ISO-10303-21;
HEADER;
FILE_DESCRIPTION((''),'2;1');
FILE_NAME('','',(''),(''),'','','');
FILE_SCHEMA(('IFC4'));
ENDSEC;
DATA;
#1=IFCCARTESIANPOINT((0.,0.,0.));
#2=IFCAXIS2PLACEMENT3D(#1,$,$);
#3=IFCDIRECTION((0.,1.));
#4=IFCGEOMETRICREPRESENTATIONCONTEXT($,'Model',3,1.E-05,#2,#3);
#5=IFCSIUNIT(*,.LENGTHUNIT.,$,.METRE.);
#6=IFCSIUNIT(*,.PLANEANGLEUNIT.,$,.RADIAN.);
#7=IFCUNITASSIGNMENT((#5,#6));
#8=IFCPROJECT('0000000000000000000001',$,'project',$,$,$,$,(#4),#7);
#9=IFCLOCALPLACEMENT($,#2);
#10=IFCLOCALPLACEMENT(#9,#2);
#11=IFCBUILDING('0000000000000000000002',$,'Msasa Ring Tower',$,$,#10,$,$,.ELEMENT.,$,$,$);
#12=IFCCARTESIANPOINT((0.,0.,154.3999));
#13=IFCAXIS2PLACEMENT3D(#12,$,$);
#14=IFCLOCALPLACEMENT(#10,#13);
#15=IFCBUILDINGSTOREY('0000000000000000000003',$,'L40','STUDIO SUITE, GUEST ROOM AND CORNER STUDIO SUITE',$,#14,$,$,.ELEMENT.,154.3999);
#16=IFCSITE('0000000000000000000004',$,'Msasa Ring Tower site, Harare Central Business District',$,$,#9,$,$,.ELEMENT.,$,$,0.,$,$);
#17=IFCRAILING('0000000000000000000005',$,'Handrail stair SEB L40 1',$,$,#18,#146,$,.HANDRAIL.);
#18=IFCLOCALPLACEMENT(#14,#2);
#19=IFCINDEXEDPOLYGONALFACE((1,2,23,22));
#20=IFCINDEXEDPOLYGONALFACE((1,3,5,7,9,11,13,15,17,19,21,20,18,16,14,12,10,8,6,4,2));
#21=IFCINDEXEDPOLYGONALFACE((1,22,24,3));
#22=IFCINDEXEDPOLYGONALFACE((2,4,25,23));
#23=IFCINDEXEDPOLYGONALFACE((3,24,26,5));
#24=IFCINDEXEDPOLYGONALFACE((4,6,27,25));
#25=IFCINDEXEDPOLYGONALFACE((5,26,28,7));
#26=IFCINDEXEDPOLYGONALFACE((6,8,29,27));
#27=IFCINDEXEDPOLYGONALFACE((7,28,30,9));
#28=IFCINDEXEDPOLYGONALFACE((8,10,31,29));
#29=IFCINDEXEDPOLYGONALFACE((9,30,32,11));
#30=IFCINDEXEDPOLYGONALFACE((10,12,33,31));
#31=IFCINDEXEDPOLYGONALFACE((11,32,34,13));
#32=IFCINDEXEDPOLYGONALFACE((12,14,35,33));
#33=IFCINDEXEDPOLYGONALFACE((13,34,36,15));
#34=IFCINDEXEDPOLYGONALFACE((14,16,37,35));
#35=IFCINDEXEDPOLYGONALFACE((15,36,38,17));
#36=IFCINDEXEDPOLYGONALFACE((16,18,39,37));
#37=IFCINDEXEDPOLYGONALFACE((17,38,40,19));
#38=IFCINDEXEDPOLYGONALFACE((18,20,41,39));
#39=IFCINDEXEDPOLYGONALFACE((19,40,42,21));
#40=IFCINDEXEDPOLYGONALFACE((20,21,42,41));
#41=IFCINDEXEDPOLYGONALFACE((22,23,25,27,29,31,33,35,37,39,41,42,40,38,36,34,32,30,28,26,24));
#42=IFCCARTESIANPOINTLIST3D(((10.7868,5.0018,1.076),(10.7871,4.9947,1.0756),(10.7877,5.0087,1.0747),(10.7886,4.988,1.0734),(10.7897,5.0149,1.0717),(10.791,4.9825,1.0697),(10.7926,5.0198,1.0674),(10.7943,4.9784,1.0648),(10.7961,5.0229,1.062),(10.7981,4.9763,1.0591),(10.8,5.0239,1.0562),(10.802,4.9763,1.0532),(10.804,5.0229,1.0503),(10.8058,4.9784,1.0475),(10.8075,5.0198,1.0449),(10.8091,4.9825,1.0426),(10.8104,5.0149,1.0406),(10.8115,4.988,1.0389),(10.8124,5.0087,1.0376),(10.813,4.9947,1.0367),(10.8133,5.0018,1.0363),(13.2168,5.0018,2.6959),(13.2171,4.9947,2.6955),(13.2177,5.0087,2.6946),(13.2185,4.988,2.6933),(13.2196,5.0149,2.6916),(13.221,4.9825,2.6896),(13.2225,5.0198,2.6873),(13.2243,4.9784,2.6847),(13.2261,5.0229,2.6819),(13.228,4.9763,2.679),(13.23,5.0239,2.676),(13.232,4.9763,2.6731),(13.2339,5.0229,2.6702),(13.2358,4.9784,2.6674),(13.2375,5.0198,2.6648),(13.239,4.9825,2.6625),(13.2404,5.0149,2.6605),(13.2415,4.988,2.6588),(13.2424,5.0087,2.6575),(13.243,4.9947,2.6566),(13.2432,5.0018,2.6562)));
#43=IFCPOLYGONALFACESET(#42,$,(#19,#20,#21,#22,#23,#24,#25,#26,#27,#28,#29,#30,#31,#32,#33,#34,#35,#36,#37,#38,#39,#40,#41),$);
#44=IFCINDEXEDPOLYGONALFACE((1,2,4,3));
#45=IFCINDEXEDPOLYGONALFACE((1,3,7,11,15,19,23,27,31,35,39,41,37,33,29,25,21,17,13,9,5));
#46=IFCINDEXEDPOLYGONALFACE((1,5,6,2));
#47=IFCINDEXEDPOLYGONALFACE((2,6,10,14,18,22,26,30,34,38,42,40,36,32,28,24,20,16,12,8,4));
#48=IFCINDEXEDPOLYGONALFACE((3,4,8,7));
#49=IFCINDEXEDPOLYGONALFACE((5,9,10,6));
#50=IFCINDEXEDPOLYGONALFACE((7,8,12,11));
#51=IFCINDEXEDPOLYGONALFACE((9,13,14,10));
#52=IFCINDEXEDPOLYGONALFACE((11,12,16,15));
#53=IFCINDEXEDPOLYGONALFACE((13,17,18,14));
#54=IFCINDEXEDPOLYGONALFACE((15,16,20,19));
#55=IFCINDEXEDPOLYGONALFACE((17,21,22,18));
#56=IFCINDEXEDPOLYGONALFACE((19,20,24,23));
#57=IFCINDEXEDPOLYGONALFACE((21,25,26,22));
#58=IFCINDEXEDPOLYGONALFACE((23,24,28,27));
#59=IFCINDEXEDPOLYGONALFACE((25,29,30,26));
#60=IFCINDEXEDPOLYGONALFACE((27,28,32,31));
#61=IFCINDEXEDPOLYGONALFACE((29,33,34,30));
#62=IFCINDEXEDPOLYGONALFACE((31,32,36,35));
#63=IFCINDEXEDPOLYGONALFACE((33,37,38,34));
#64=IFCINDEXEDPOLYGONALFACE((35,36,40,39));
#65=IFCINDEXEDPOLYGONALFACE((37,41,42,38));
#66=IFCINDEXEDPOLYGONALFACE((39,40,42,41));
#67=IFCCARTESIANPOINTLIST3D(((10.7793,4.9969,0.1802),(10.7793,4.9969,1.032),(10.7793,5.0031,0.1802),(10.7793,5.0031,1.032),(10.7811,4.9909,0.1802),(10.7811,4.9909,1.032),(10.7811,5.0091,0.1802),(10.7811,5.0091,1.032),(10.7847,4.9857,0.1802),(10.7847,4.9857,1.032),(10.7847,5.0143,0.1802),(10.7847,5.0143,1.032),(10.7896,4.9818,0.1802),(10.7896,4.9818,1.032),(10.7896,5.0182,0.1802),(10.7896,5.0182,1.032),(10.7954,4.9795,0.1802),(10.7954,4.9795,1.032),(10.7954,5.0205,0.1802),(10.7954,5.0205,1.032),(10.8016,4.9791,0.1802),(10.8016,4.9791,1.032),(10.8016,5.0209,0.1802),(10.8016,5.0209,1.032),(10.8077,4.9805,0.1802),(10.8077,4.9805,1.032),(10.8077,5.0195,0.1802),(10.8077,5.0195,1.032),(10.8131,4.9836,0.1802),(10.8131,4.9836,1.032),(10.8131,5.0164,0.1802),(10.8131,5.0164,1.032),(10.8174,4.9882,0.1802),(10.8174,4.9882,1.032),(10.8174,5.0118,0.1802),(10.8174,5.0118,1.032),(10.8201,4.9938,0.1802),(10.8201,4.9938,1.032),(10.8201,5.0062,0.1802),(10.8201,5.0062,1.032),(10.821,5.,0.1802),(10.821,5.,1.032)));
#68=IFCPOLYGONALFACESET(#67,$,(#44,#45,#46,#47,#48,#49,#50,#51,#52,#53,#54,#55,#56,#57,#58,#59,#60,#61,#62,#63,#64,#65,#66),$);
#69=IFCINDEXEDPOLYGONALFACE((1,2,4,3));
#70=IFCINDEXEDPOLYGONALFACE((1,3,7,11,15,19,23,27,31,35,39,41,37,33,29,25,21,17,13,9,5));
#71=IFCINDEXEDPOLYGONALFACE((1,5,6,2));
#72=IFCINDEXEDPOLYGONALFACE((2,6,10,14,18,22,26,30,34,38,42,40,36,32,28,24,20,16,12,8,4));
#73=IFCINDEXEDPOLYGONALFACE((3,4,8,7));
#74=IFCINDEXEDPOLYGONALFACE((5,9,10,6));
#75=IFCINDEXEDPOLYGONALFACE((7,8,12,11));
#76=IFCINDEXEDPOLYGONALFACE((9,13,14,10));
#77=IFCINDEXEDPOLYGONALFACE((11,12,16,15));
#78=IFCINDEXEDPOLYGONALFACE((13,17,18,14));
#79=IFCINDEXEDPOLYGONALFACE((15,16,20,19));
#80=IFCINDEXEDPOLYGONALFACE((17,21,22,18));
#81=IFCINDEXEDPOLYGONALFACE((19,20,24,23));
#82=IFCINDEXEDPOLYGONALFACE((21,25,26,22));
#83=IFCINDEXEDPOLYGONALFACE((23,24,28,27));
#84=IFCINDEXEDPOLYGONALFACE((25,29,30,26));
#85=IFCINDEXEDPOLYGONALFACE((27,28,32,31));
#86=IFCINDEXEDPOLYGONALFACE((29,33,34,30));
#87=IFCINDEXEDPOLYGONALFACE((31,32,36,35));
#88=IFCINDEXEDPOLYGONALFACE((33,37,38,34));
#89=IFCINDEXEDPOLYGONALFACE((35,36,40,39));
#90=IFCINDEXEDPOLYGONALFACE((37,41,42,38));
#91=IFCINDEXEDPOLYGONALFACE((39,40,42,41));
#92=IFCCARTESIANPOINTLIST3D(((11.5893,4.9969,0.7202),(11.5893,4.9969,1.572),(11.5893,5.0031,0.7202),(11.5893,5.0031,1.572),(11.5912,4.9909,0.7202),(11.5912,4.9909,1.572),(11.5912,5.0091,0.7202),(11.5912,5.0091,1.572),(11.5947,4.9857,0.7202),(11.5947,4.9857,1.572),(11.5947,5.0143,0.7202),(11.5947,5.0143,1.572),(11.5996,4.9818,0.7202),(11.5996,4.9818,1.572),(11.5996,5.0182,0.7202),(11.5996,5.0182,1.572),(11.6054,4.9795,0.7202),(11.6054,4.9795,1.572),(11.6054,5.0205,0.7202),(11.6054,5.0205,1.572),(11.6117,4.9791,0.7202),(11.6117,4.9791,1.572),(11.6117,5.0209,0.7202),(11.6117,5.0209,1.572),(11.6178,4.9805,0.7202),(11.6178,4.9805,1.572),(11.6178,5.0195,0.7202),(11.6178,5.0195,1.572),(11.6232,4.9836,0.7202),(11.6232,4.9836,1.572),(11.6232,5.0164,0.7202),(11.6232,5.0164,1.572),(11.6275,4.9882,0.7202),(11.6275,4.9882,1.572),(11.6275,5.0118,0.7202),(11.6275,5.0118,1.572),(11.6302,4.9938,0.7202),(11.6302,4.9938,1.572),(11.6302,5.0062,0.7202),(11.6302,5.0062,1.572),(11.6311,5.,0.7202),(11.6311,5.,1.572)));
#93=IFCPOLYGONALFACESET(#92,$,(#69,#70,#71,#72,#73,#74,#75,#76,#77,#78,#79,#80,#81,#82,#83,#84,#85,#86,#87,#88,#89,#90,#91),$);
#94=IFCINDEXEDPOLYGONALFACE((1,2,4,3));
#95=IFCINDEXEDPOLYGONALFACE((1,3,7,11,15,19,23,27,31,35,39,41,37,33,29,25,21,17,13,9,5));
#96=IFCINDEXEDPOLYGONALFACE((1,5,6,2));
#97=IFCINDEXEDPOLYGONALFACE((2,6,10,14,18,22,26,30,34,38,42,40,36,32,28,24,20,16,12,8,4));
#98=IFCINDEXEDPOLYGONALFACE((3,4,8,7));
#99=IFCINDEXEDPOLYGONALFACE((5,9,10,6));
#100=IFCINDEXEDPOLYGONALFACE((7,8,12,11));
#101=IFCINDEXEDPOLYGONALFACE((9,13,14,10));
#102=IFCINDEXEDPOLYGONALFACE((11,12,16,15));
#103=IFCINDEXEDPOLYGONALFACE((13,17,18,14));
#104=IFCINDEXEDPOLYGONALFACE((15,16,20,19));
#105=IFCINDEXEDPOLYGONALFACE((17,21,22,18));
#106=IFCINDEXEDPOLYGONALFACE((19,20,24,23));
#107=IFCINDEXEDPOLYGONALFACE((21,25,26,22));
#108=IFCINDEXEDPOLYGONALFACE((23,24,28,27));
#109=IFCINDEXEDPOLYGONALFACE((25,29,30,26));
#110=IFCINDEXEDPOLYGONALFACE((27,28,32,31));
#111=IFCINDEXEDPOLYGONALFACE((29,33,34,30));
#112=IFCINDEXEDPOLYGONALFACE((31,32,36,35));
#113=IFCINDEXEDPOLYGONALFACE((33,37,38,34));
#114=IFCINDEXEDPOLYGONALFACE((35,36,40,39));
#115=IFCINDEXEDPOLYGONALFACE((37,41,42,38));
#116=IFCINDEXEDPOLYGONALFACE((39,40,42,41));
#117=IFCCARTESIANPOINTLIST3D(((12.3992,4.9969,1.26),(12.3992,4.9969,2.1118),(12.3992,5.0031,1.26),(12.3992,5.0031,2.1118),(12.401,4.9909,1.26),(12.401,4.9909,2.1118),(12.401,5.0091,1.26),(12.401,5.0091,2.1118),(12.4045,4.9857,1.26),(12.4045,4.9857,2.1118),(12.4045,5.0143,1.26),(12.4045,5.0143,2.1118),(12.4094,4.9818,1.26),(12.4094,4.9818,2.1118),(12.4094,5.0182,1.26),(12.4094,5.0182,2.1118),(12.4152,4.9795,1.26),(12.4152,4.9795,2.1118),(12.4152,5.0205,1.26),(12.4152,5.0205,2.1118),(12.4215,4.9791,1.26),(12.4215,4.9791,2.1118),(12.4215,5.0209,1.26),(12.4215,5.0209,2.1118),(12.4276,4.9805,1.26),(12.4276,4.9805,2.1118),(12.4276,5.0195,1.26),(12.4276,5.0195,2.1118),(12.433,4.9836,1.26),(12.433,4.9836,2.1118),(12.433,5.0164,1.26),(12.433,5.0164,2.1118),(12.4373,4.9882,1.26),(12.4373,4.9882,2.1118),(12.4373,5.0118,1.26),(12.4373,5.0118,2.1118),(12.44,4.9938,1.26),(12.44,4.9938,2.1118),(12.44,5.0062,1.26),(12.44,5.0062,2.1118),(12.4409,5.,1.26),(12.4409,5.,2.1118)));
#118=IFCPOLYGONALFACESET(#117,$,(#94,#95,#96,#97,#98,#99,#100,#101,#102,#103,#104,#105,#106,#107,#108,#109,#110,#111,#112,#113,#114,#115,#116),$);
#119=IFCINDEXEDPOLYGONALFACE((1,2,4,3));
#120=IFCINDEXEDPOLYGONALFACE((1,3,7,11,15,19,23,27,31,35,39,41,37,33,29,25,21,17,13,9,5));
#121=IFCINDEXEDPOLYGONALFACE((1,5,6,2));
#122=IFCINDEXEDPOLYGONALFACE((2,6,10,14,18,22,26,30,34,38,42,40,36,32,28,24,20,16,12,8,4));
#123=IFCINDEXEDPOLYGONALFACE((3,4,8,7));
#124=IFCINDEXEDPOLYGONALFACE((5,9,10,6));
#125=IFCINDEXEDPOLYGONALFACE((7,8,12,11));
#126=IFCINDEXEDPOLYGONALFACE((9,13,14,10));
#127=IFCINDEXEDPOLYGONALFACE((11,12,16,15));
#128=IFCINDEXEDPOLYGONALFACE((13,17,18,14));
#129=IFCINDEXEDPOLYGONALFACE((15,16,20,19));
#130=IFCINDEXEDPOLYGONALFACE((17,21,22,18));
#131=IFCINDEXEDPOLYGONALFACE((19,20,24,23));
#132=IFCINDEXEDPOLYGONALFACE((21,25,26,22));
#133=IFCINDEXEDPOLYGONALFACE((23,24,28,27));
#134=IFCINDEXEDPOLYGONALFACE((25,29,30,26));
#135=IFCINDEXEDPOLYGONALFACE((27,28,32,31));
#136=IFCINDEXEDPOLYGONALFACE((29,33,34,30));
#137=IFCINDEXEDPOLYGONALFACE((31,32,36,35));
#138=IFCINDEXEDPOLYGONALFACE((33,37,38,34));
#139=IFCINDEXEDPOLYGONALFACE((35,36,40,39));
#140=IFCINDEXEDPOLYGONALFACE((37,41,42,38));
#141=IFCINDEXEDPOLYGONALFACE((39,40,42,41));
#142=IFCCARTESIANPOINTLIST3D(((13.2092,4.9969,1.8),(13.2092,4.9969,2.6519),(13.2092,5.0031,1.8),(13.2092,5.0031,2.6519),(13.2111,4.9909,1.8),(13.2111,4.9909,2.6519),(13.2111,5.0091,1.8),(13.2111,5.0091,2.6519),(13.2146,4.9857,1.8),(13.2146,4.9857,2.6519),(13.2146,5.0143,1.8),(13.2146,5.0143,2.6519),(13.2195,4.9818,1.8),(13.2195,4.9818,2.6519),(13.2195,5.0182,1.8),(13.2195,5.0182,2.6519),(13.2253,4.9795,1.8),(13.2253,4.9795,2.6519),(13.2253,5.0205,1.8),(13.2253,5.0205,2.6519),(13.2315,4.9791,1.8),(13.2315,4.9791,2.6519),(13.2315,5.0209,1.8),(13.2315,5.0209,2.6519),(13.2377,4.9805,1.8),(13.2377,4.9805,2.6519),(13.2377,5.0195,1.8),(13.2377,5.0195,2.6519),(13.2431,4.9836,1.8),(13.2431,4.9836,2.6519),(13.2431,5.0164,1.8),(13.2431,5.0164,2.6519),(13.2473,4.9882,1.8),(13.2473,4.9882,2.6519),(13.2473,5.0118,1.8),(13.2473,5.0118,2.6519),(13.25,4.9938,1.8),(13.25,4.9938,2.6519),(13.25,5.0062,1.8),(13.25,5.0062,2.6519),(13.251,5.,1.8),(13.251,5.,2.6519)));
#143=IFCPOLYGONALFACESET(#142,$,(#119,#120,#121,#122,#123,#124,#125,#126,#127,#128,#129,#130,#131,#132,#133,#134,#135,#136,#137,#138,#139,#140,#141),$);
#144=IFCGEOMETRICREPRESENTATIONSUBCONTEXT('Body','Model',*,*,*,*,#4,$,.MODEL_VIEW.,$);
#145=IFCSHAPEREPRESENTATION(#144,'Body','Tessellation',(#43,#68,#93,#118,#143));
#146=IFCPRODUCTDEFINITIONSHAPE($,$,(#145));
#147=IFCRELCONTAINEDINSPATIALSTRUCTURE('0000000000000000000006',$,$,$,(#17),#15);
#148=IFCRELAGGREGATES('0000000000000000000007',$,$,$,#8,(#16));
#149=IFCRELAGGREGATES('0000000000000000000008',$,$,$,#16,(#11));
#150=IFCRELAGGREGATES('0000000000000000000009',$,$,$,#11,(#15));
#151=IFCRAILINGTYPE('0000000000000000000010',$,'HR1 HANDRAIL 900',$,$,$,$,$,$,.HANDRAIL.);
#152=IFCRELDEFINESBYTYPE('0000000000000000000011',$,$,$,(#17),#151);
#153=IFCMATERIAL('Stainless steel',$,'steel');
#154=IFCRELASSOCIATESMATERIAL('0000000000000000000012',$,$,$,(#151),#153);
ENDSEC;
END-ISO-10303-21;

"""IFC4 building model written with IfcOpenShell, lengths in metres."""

from ifc_helpers import new_model, si_unit, direction, frame, origin, origin_2d, place, context, subcontext, project, spatial, circle, extrude, material, type_object, element, save


model = new_model("IFC4")

# Units and contexts
model_context = context("Model", 3, precision=1e-05, world=origin(), true_north=direction((0.0, 1.0)))
body_context = subcontext(model_context, "Body", "Model", "MODEL_VIEW")
ifc_project = project(units=[si_unit("LENGTHUNIT", "METRE"), si_unit("PLANEANGLEUNIT", "RADIAN")], contexts=[model_context])

# Site, building, storey
site_placement = place(None, origin())
site = spatial("IfcSite", under=ifc_project, at=site_placement, Name="Msasa Ring Tower site, Harare Central Business District", CompositionType="ELEMENT", RefElevation=0.0)
building_placement = place(site_placement, origin())
building = spatial("IfcBuilding", under=site, at=building_placement, Name="Msasa Ring Tower", CompositionType="ELEMENT")
storey_placement = place(building_placement, frame((0.0, 0.0, 154.3999)))
storey = spatial("IfcBuildingStorey", under=building, at=storey_placement, Name="L40", Description="STUDIO SUITE, GUEST ROOM AND CORNER STUDIO SUITE", CompositionType="ELEMENT", Elevation=154.3999)

# Railing
ifc_material_1 = material(Name="Stainless steel", Category="steel")
railing_type = type_object("IfcRailingType", Name="HR1 HANDRAIL 900", PredefinedType="HANDRAIL", material=ifc_material_1)
for number, where, name in (
    (1, (10.8, 5.0, 0.1802), "Handrail stair SEB L40 1"),
):
    element("IfcRailing", number, at=place(storey_placement, frame(where)), inside=storey, type_object=railing_type, Name=name, PredefinedType="HANDRAIL", context=body_context, shape_type="SweptSolid", body=[
        extrude(circle(Radius=0.0239, at=origin_2d()), frame((0.0, 0.0, 0.876), z_axis=(0.832063, 0.0, 0.554681), x_axis=(0.0, 1.0, 0.0)), (0.0, 0.0, 1.0), 2.9204),
        extrude(circle(Radius=0.021, at=origin_2d()), origin(), (0.0, 0.0, 1.0), 0.8518),
        extrude(circle(Radius=0.021, at=origin_2d()), frame((0.8101, 0.0, 0.54)), (0.0, 0.0, 1.0), 0.8518),
        extrude(circle(Radius=0.021, at=origin_2d()), frame((1.6199, 0.0, 1.0798)), (0.0, 0.0, 1.0), 0.8518),
        extrude(circle(Radius=0.021, at=origin_2d()), frame((2.4299, 0.0, 1.6199)), (0.0, 0.0, 1.0), 0.8518),
    ])

save(model, "model.ifc")
